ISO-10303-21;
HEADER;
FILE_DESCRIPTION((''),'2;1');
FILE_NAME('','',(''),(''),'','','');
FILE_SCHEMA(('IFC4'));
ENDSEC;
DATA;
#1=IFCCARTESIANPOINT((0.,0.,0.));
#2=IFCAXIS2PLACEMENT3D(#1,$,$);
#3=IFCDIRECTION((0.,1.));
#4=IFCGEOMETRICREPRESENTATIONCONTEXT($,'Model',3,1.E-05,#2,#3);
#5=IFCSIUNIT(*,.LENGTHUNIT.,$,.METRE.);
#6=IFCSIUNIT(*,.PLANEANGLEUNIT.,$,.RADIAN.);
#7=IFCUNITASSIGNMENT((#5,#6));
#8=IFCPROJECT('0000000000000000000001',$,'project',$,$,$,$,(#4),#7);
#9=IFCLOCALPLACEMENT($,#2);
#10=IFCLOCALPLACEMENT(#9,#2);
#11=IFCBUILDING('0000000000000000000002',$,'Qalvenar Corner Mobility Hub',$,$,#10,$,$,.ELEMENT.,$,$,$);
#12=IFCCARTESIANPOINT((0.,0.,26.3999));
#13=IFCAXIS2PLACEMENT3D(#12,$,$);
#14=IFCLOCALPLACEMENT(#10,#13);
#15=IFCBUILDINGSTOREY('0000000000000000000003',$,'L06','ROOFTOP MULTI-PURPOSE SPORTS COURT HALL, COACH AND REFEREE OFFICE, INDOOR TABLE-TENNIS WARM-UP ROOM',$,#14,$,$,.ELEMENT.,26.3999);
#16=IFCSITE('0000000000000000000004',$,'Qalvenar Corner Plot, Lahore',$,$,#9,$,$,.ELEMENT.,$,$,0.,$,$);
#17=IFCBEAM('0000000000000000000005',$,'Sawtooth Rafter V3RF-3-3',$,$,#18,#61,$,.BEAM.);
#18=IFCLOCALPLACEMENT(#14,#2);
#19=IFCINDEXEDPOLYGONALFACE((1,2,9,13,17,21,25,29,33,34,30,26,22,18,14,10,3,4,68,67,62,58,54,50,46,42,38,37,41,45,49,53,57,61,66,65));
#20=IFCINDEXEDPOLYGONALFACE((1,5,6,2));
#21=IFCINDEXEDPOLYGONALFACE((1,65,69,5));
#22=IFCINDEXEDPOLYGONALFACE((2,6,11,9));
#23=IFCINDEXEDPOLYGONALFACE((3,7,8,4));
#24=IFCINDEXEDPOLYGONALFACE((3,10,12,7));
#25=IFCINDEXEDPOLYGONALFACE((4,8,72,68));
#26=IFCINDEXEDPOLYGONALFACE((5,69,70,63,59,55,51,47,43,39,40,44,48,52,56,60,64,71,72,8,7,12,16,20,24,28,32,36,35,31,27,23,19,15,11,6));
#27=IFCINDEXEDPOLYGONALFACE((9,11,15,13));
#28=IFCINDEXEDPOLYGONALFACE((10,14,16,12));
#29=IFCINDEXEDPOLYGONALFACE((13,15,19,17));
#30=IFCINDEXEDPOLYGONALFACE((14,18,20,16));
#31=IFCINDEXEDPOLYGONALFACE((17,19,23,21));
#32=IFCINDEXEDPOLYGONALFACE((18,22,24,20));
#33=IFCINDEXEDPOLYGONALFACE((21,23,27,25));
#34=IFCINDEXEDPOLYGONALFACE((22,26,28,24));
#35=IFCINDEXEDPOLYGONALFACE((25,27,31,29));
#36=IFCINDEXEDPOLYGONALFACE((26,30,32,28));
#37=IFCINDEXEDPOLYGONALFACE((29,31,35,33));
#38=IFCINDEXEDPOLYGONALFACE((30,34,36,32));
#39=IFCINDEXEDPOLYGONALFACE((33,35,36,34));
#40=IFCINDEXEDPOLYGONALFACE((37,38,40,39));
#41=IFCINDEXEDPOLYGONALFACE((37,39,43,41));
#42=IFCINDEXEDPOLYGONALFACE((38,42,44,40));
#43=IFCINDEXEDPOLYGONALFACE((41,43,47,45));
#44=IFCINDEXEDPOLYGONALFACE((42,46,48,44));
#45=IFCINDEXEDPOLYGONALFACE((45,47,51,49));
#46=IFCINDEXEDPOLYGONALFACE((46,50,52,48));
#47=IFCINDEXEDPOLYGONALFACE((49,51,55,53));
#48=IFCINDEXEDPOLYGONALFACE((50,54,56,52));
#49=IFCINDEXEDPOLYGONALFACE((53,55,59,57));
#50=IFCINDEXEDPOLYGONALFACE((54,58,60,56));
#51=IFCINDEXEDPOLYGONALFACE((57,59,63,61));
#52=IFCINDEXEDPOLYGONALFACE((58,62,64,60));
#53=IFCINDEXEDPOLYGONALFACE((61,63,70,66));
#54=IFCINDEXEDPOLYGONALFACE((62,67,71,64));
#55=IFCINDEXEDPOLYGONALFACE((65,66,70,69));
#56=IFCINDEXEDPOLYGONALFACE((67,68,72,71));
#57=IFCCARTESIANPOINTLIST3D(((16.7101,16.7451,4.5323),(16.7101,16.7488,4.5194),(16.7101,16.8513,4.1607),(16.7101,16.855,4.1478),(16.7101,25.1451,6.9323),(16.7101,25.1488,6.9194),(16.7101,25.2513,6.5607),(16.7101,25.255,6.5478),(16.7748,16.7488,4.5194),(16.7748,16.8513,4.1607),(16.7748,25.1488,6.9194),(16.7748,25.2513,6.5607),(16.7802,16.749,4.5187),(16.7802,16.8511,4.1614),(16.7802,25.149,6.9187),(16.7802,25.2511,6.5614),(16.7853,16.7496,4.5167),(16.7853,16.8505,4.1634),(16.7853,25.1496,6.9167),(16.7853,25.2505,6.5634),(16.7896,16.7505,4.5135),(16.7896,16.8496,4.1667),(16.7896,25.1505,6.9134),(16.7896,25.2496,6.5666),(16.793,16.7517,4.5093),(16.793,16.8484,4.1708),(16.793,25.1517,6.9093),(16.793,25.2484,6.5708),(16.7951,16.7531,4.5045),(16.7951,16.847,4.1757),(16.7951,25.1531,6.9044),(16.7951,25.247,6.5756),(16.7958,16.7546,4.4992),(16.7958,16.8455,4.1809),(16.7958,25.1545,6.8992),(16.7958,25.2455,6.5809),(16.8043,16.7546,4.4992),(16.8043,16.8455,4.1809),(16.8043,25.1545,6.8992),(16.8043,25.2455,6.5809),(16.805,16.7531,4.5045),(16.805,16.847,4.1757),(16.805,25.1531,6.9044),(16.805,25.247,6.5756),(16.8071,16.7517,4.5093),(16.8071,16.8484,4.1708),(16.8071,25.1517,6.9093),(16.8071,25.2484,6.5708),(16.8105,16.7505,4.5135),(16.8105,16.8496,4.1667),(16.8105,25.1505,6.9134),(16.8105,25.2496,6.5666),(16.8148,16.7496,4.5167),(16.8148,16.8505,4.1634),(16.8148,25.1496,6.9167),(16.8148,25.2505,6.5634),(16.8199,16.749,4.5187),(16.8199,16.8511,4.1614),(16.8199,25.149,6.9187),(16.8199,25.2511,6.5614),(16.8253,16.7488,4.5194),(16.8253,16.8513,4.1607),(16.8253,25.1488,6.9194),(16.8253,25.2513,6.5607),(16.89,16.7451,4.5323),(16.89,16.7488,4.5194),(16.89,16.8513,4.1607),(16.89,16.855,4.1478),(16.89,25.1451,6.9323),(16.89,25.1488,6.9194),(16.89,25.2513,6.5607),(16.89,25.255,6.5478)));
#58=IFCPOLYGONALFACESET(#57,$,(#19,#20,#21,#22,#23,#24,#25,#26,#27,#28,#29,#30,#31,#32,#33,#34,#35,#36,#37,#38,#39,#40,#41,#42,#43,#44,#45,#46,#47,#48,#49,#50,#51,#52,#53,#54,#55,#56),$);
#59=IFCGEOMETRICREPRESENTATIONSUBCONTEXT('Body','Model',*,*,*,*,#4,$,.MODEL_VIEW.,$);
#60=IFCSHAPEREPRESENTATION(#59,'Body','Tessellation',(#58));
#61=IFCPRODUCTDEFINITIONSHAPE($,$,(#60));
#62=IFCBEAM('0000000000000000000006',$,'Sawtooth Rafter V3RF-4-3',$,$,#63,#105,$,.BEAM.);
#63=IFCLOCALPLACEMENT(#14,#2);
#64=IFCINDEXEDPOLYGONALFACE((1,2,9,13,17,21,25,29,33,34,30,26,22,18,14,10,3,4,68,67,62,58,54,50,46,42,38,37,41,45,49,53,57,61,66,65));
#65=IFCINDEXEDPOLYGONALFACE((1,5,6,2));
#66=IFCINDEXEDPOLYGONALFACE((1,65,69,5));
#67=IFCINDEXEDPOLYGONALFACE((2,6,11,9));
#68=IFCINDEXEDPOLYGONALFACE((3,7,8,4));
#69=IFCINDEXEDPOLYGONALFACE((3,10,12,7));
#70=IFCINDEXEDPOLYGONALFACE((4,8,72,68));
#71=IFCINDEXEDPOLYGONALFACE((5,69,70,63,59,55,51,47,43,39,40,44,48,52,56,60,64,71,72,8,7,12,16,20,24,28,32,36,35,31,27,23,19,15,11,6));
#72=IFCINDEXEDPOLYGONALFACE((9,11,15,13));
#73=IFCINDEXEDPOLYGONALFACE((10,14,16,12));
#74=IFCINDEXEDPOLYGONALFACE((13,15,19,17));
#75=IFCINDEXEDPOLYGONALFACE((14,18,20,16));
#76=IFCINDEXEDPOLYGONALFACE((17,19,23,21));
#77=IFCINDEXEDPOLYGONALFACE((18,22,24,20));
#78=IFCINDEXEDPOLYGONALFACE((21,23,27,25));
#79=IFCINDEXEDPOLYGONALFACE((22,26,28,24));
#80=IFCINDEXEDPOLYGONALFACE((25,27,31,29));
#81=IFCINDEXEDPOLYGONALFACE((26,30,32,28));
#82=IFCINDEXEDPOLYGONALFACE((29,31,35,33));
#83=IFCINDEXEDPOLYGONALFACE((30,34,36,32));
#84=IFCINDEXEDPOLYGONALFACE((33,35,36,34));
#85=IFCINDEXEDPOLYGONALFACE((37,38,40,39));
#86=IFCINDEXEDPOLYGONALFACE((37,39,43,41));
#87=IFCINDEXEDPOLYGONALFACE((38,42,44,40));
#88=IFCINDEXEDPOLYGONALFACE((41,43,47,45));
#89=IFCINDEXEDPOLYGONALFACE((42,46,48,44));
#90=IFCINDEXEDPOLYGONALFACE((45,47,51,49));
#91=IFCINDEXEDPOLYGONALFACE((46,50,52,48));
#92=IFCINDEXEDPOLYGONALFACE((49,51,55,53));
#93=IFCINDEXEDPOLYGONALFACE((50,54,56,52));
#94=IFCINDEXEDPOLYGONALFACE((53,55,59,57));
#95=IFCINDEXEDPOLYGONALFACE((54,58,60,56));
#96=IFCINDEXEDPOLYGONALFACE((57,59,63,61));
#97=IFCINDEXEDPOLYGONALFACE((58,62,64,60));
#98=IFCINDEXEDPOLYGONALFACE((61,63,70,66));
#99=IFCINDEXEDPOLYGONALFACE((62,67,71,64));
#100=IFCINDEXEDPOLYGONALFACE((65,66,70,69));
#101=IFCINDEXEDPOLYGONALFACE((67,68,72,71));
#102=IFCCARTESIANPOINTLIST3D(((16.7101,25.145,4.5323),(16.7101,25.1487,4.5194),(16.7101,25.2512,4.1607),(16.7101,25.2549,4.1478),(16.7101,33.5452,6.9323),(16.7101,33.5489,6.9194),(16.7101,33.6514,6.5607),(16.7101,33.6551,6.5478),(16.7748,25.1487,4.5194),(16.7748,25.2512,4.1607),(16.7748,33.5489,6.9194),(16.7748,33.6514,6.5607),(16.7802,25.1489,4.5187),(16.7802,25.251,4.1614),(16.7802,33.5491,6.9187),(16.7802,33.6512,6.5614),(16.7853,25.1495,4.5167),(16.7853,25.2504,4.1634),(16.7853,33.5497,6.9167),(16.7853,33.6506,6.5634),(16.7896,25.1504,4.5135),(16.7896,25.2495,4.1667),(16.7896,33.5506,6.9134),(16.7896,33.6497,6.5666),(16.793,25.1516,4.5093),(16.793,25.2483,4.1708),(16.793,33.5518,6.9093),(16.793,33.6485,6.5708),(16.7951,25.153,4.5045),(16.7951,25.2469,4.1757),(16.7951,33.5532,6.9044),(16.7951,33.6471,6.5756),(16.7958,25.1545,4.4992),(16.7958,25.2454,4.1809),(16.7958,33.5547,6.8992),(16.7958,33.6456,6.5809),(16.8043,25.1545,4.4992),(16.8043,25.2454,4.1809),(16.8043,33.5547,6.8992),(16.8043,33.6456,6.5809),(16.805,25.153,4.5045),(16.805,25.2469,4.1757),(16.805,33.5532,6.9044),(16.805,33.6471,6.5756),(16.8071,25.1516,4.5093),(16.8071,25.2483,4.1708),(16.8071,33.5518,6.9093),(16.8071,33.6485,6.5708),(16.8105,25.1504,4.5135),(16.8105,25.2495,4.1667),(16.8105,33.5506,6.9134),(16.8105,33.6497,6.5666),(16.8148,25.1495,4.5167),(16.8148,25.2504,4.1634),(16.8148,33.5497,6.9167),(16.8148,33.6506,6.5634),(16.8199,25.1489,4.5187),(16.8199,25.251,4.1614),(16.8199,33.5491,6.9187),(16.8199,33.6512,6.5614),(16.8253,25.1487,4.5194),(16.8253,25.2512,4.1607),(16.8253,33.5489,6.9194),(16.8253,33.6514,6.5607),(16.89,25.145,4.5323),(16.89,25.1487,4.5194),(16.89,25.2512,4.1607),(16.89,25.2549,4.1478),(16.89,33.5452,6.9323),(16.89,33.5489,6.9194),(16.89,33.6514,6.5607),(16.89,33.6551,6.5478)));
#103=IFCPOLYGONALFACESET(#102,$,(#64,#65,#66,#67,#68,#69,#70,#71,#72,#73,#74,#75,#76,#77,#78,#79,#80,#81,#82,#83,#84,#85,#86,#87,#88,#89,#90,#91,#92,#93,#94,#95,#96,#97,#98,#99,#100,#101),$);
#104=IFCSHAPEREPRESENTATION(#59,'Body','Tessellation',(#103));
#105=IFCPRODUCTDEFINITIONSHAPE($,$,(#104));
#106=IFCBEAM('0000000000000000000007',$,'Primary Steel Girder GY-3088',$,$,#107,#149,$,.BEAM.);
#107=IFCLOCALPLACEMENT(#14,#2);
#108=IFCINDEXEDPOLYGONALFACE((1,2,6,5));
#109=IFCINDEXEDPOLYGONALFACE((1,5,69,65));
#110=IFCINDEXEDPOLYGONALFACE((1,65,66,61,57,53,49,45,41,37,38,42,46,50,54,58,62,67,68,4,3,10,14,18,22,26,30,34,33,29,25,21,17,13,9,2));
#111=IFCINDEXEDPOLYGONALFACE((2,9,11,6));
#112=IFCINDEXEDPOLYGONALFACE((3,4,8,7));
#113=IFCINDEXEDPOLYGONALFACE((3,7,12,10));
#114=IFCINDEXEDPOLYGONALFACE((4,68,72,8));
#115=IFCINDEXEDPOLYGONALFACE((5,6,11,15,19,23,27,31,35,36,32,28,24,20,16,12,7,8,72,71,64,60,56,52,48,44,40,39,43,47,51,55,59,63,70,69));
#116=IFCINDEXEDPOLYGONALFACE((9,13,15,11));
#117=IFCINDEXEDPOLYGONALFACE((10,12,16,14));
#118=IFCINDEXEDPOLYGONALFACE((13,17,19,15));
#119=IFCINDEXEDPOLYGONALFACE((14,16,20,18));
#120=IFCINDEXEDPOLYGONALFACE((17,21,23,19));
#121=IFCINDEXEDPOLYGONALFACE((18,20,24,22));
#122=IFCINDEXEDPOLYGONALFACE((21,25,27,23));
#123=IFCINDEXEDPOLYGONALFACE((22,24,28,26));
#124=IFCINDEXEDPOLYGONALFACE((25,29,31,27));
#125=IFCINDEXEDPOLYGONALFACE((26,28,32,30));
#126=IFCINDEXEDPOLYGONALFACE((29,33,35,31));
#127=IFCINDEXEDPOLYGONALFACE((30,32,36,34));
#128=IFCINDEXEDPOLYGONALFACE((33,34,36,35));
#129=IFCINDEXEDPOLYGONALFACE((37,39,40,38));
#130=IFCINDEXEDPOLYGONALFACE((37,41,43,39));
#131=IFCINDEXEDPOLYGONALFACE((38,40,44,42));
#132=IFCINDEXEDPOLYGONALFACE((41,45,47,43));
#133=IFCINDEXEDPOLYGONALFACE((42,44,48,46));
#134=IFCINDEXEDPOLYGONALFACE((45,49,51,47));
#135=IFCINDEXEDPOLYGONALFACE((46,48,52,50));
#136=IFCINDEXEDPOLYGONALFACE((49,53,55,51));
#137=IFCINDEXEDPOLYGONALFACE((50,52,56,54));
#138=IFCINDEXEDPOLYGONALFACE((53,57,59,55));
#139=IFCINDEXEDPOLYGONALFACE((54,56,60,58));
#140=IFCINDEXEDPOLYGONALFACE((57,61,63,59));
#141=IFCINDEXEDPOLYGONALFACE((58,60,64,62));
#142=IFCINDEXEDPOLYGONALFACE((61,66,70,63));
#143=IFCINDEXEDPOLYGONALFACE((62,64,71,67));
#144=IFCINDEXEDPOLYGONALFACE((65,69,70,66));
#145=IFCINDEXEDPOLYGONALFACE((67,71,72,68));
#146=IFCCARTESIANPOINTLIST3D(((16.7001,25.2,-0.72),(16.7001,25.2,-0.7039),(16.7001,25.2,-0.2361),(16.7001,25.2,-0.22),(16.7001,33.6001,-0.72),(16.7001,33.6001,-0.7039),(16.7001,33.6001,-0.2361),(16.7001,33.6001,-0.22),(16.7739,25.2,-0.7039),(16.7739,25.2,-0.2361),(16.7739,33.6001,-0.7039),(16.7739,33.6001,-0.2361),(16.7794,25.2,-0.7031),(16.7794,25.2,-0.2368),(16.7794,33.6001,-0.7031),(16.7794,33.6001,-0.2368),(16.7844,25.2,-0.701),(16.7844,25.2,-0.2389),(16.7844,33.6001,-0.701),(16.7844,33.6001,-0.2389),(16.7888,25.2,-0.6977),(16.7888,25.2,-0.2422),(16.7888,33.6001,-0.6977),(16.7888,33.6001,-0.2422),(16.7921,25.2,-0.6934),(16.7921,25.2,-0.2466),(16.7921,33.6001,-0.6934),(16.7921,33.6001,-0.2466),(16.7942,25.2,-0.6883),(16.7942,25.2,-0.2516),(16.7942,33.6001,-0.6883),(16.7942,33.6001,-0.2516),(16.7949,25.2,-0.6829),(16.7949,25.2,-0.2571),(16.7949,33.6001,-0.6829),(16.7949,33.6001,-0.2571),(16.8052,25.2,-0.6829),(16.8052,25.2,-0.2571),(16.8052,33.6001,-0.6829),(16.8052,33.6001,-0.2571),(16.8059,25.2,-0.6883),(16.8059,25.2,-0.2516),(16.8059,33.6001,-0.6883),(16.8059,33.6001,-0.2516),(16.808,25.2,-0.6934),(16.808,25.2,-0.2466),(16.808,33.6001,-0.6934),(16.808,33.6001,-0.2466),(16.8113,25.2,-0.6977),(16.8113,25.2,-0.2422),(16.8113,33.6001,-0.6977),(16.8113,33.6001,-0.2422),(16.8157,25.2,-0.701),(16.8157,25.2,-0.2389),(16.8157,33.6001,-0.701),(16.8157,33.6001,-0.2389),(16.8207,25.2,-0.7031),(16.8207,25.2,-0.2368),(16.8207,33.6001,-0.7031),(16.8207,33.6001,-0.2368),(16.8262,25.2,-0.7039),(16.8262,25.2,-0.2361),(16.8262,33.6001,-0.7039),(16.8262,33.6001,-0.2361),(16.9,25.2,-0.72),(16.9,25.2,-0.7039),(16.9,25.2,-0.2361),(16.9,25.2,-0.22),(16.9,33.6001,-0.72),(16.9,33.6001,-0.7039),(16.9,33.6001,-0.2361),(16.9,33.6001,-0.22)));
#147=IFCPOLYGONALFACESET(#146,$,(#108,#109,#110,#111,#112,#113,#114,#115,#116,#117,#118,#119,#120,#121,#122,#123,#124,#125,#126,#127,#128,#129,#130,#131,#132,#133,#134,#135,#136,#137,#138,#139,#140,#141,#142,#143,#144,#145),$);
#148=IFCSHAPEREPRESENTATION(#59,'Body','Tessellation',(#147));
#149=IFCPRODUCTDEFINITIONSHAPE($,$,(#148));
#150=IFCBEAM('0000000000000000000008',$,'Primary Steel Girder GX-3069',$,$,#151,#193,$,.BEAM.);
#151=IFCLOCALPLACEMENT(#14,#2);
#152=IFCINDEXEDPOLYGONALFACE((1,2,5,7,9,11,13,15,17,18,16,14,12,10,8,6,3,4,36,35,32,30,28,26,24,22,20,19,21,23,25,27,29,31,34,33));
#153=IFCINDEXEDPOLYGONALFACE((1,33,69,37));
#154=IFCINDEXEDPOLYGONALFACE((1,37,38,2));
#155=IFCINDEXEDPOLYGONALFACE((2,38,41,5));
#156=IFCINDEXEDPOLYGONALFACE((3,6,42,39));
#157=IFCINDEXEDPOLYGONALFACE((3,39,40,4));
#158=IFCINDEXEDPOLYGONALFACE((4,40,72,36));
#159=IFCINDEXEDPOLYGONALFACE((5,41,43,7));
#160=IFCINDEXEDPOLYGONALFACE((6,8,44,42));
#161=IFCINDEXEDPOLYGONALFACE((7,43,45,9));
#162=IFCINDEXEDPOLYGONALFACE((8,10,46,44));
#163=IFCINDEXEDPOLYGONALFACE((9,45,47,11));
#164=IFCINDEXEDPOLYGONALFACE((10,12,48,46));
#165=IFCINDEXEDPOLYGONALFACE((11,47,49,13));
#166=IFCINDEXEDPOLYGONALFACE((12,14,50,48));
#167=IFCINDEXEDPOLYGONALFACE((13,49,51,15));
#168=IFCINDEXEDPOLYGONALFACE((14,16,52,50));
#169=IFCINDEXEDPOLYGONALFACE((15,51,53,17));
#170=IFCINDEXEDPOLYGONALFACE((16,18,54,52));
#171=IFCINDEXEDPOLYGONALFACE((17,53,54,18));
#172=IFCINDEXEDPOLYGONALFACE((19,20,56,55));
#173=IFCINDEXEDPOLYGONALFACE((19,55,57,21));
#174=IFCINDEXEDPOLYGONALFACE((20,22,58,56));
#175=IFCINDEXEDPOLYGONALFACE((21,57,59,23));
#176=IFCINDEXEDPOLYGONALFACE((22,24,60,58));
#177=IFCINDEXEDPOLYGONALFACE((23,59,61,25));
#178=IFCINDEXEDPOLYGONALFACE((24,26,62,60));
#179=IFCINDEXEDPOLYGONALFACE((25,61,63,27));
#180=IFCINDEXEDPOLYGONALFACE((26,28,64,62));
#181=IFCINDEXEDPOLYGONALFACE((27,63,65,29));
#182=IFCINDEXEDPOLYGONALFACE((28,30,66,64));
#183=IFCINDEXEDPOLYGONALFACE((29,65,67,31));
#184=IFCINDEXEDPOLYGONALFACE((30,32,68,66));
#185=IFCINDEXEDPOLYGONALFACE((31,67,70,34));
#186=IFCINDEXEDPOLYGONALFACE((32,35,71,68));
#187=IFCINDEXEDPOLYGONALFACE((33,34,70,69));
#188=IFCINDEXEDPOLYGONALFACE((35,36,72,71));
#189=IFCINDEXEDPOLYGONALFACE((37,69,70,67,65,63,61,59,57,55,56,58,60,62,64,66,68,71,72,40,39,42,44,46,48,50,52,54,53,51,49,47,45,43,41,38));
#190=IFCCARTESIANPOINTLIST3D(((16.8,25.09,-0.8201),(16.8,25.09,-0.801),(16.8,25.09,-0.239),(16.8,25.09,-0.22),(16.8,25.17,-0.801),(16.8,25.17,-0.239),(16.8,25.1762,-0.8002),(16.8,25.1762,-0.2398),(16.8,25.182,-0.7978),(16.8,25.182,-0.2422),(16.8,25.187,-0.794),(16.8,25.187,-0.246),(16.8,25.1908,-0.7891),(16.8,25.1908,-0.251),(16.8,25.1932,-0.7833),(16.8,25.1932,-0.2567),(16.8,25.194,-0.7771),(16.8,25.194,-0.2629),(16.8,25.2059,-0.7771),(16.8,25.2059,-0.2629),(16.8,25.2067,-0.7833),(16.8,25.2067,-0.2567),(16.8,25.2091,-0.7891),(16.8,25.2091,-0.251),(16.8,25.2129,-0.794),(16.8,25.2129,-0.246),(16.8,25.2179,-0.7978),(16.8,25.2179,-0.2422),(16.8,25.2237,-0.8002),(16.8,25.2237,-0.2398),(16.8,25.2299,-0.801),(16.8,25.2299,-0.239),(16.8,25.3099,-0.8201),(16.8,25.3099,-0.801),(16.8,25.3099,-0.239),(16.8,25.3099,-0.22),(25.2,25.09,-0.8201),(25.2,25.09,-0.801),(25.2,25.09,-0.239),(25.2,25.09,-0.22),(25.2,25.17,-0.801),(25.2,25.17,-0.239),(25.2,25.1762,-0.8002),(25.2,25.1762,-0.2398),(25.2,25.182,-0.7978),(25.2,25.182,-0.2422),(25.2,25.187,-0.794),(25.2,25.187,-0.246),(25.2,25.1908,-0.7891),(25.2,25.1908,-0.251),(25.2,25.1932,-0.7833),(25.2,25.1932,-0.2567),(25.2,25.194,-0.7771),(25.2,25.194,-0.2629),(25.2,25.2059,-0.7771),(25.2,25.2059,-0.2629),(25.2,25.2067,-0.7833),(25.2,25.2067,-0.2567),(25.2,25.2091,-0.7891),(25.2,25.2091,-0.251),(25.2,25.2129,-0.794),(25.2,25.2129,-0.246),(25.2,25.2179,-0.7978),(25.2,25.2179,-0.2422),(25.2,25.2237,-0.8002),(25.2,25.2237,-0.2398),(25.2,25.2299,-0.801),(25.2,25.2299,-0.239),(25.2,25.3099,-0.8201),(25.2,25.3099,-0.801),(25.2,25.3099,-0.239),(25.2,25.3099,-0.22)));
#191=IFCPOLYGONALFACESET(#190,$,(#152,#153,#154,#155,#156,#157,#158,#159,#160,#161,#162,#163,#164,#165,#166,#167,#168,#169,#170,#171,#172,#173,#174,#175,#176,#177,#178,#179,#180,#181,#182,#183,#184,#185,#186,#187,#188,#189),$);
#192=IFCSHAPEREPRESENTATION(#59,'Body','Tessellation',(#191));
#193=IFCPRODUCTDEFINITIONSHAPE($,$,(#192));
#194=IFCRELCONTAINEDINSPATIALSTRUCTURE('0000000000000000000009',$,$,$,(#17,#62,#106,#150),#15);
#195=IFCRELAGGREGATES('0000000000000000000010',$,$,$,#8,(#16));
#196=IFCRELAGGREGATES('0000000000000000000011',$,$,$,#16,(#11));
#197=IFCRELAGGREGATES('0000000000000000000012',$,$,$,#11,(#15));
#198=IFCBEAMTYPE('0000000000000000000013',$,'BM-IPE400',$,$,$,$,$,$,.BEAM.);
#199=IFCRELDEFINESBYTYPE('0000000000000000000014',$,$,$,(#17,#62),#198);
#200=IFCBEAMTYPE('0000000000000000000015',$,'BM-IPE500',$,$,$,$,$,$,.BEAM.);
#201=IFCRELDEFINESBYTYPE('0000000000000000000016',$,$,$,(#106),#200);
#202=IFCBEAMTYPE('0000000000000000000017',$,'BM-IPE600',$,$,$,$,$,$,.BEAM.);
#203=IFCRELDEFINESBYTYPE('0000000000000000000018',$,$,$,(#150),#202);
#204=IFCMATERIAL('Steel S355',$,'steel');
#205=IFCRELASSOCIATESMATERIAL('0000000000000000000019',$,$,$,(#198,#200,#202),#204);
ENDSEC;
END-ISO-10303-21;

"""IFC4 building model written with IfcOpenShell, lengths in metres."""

from ifc_helpers import new_model, si_unit, direction, frame, origin, origin_2d, place, context, subcontext, project, spatial, i_section, extrude, material, material_profile, profile_set, type_object, element, save


model = new_model("IFC4")

# Units and contexts
model_context = context("Model", 3, precision=1e-05, world=origin(), true_north=direction((0.0, 1.0)))
body_context = subcontext(model_context, "Body", "Model", "MODEL_VIEW")
ifc_project = project(units=[si_unit("LENGTHUNIT", "METRE"), si_unit("PLANEANGLEUNIT", "RADIAN")], contexts=[model_context])

# Site, building, storey
site_placement = place(None, origin())
site = spatial("IfcSite", under=ifc_project, at=site_placement, Name="Qalvenar Corner Plot, Lahore", CompositionType="ELEMENT", RefElevation=0.0)
building_placement = place(site_placement, origin())
building = spatial("IfcBuilding", under=site, at=building_placement, Name="Qalvenar Corner Mobility Hub", CompositionType="ELEMENT")
storey_placement = place(building_placement, frame((0.0, 0.0, 26.3999)))
storey = spatial("IfcBuildingStorey", under=building, at=storey_placement, Name="L06", Description="ROOFTOP MULTI-PURPOSE SPORTS COURT HALL, COACH AND REFEREE OFFICE, INDOOR TABLE-TENNIS WARM-UP ROOM", CompositionType="ELEMENT", Elevation=26.3999)

# Shared definitions
ifc_material_1 = material(Name="Steel S355", Category="steel")

# Beams
ifc_material_profile_1 = material_profile(ifc_material_1, i_section(OverallWidth=0.1799, OverallDepth=0.3999, WebThickness=0.0085, FlangeThickness=0.0134, FilletRadius=0.021, at=origin_2d()), Name="IPE400")
ifc_profile_set_1 = profile_set([ifc_material_profile_1], Name="Steel S355")
beam_type_1 = type_object("IfcBeamType", Name="BM-IPE400", PredefinedType="BEAM", material=ifc_profile_set_1)
beam_1_placement = place(storey_placement, frame((16.8, 16.8, 4.3401), z_axis=(0.0, 0.961526, 0.274714), x_axis=(-1.0, 0.0, 0.0)))
element("IfcBeam", 1, at=beam_1_placement, inside=storey, type_object=beam_type_1, Name="Sawtooth Rafter V3RF-3-3", PredefinedType="BEAM", context=body_context, shape_type="SweptSolid", body=[
    extrude(i_section(OverallWidth=0.1799, OverallDepth=0.3999, WebThickness=0.0085, FlangeThickness=0.0134, FilletRadius=0.021, at=origin_2d()), origin(), (0.0, 0.0, 1.0), 8.7361),
])
beam_2_placement = place(storey_placement, frame((16.8, 25.2, 4.3401), z_axis=(0.0, 0.961528, 0.274706), x_axis=(-1.0, 0.0, 0.0)))
element("IfcBeam", 2, at=beam_2_placement, inside=storey, type_object=beam_type_1, Name="Sawtooth Rafter V3RF-4-3", PredefinedType="BEAM", context=body_context, shape_type="SweptSolid", body=[
    extrude(i_section(OverallWidth=0.1799, OverallDepth=0.3999, WebThickness=0.0085, FlangeThickness=0.0134, FilletRadius=0.021, at=origin_2d()), origin(), (0.0, 0.0, 1.0), 8.7363),
])
ifc_material_profile_2 = material_profile(ifc_material_1, i_section(OverallWidth=0.2, OverallDepth=0.5, WebThickness=0.0103, FlangeThickness=0.0161, FilletRadius=0.021, at=origin_2d()), Name="IPE500")
ifc_profile_set_2 = profile_set([ifc_material_profile_2], Name="Steel S355")
beam_type_2 = type_object("IfcBeamType", Name="BM-IPE500", PredefinedType="BEAM", material=ifc_profile_set_2)
beam_3_placement = place(storey_placement, frame((16.8, 25.2, -0.47), z_axis=(0.0, 1.0, 0.0), x_axis=(-1.0, 0.0, 0.0)))
element("IfcBeam", 3, at=beam_3_placement, inside=storey, type_object=beam_type_2, Name="Primary Steel Girder GY-3088", PredefinedType="BEAM", context=body_context, shape_type="SweptSolid", body=[
    extrude(i_section(OverallWidth=0.2, OverallDepth=0.5, WebThickness=0.0103, FlangeThickness=0.0161, FilletRadius=0.021, at=origin_2d()), origin(), (0.0, 0.0, 1.0), 8.4001),
])
ifc_material_profile_3 = material_profile(ifc_material_1, i_section(OverallWidth=0.22, OverallDepth=0.6001, WebThickness=0.012, FlangeThickness=0.019, FilletRadius=0.0239, at=origin_2d()), Name="IPE600")
ifc_profile_set_3 = profile_set([ifc_material_profile_3], Name="Steel S355")
beam_type_3 = type_object("IfcBeamType", Name="BM-IPE600", PredefinedType="BEAM", material=ifc_profile_set_3)
beam_4_placement = place(storey_placement, frame((16.8, 25.2, -0.52), z_axis=(1.0, 0.0, 0.0), x_axis=(0.0, 1.0, 0.0)))
element("IfcBeam", 4, at=beam_4_placement, inside=storey, type_object=beam_type_3, Name="Primary Steel Girder GX-3069", PredefinedType="BEAM", context=body_context, shape_type="SweptSolid", body=[
    extrude(i_section(OverallWidth=0.22, OverallDepth=0.6001, WebThickness=0.012, FlangeThickness=0.019, FilletRadius=0.0239, at=origin_2d()), origin(), (0.0, 0.0, 1.0), 8.3999),
])

save(model, "model.ifc")
